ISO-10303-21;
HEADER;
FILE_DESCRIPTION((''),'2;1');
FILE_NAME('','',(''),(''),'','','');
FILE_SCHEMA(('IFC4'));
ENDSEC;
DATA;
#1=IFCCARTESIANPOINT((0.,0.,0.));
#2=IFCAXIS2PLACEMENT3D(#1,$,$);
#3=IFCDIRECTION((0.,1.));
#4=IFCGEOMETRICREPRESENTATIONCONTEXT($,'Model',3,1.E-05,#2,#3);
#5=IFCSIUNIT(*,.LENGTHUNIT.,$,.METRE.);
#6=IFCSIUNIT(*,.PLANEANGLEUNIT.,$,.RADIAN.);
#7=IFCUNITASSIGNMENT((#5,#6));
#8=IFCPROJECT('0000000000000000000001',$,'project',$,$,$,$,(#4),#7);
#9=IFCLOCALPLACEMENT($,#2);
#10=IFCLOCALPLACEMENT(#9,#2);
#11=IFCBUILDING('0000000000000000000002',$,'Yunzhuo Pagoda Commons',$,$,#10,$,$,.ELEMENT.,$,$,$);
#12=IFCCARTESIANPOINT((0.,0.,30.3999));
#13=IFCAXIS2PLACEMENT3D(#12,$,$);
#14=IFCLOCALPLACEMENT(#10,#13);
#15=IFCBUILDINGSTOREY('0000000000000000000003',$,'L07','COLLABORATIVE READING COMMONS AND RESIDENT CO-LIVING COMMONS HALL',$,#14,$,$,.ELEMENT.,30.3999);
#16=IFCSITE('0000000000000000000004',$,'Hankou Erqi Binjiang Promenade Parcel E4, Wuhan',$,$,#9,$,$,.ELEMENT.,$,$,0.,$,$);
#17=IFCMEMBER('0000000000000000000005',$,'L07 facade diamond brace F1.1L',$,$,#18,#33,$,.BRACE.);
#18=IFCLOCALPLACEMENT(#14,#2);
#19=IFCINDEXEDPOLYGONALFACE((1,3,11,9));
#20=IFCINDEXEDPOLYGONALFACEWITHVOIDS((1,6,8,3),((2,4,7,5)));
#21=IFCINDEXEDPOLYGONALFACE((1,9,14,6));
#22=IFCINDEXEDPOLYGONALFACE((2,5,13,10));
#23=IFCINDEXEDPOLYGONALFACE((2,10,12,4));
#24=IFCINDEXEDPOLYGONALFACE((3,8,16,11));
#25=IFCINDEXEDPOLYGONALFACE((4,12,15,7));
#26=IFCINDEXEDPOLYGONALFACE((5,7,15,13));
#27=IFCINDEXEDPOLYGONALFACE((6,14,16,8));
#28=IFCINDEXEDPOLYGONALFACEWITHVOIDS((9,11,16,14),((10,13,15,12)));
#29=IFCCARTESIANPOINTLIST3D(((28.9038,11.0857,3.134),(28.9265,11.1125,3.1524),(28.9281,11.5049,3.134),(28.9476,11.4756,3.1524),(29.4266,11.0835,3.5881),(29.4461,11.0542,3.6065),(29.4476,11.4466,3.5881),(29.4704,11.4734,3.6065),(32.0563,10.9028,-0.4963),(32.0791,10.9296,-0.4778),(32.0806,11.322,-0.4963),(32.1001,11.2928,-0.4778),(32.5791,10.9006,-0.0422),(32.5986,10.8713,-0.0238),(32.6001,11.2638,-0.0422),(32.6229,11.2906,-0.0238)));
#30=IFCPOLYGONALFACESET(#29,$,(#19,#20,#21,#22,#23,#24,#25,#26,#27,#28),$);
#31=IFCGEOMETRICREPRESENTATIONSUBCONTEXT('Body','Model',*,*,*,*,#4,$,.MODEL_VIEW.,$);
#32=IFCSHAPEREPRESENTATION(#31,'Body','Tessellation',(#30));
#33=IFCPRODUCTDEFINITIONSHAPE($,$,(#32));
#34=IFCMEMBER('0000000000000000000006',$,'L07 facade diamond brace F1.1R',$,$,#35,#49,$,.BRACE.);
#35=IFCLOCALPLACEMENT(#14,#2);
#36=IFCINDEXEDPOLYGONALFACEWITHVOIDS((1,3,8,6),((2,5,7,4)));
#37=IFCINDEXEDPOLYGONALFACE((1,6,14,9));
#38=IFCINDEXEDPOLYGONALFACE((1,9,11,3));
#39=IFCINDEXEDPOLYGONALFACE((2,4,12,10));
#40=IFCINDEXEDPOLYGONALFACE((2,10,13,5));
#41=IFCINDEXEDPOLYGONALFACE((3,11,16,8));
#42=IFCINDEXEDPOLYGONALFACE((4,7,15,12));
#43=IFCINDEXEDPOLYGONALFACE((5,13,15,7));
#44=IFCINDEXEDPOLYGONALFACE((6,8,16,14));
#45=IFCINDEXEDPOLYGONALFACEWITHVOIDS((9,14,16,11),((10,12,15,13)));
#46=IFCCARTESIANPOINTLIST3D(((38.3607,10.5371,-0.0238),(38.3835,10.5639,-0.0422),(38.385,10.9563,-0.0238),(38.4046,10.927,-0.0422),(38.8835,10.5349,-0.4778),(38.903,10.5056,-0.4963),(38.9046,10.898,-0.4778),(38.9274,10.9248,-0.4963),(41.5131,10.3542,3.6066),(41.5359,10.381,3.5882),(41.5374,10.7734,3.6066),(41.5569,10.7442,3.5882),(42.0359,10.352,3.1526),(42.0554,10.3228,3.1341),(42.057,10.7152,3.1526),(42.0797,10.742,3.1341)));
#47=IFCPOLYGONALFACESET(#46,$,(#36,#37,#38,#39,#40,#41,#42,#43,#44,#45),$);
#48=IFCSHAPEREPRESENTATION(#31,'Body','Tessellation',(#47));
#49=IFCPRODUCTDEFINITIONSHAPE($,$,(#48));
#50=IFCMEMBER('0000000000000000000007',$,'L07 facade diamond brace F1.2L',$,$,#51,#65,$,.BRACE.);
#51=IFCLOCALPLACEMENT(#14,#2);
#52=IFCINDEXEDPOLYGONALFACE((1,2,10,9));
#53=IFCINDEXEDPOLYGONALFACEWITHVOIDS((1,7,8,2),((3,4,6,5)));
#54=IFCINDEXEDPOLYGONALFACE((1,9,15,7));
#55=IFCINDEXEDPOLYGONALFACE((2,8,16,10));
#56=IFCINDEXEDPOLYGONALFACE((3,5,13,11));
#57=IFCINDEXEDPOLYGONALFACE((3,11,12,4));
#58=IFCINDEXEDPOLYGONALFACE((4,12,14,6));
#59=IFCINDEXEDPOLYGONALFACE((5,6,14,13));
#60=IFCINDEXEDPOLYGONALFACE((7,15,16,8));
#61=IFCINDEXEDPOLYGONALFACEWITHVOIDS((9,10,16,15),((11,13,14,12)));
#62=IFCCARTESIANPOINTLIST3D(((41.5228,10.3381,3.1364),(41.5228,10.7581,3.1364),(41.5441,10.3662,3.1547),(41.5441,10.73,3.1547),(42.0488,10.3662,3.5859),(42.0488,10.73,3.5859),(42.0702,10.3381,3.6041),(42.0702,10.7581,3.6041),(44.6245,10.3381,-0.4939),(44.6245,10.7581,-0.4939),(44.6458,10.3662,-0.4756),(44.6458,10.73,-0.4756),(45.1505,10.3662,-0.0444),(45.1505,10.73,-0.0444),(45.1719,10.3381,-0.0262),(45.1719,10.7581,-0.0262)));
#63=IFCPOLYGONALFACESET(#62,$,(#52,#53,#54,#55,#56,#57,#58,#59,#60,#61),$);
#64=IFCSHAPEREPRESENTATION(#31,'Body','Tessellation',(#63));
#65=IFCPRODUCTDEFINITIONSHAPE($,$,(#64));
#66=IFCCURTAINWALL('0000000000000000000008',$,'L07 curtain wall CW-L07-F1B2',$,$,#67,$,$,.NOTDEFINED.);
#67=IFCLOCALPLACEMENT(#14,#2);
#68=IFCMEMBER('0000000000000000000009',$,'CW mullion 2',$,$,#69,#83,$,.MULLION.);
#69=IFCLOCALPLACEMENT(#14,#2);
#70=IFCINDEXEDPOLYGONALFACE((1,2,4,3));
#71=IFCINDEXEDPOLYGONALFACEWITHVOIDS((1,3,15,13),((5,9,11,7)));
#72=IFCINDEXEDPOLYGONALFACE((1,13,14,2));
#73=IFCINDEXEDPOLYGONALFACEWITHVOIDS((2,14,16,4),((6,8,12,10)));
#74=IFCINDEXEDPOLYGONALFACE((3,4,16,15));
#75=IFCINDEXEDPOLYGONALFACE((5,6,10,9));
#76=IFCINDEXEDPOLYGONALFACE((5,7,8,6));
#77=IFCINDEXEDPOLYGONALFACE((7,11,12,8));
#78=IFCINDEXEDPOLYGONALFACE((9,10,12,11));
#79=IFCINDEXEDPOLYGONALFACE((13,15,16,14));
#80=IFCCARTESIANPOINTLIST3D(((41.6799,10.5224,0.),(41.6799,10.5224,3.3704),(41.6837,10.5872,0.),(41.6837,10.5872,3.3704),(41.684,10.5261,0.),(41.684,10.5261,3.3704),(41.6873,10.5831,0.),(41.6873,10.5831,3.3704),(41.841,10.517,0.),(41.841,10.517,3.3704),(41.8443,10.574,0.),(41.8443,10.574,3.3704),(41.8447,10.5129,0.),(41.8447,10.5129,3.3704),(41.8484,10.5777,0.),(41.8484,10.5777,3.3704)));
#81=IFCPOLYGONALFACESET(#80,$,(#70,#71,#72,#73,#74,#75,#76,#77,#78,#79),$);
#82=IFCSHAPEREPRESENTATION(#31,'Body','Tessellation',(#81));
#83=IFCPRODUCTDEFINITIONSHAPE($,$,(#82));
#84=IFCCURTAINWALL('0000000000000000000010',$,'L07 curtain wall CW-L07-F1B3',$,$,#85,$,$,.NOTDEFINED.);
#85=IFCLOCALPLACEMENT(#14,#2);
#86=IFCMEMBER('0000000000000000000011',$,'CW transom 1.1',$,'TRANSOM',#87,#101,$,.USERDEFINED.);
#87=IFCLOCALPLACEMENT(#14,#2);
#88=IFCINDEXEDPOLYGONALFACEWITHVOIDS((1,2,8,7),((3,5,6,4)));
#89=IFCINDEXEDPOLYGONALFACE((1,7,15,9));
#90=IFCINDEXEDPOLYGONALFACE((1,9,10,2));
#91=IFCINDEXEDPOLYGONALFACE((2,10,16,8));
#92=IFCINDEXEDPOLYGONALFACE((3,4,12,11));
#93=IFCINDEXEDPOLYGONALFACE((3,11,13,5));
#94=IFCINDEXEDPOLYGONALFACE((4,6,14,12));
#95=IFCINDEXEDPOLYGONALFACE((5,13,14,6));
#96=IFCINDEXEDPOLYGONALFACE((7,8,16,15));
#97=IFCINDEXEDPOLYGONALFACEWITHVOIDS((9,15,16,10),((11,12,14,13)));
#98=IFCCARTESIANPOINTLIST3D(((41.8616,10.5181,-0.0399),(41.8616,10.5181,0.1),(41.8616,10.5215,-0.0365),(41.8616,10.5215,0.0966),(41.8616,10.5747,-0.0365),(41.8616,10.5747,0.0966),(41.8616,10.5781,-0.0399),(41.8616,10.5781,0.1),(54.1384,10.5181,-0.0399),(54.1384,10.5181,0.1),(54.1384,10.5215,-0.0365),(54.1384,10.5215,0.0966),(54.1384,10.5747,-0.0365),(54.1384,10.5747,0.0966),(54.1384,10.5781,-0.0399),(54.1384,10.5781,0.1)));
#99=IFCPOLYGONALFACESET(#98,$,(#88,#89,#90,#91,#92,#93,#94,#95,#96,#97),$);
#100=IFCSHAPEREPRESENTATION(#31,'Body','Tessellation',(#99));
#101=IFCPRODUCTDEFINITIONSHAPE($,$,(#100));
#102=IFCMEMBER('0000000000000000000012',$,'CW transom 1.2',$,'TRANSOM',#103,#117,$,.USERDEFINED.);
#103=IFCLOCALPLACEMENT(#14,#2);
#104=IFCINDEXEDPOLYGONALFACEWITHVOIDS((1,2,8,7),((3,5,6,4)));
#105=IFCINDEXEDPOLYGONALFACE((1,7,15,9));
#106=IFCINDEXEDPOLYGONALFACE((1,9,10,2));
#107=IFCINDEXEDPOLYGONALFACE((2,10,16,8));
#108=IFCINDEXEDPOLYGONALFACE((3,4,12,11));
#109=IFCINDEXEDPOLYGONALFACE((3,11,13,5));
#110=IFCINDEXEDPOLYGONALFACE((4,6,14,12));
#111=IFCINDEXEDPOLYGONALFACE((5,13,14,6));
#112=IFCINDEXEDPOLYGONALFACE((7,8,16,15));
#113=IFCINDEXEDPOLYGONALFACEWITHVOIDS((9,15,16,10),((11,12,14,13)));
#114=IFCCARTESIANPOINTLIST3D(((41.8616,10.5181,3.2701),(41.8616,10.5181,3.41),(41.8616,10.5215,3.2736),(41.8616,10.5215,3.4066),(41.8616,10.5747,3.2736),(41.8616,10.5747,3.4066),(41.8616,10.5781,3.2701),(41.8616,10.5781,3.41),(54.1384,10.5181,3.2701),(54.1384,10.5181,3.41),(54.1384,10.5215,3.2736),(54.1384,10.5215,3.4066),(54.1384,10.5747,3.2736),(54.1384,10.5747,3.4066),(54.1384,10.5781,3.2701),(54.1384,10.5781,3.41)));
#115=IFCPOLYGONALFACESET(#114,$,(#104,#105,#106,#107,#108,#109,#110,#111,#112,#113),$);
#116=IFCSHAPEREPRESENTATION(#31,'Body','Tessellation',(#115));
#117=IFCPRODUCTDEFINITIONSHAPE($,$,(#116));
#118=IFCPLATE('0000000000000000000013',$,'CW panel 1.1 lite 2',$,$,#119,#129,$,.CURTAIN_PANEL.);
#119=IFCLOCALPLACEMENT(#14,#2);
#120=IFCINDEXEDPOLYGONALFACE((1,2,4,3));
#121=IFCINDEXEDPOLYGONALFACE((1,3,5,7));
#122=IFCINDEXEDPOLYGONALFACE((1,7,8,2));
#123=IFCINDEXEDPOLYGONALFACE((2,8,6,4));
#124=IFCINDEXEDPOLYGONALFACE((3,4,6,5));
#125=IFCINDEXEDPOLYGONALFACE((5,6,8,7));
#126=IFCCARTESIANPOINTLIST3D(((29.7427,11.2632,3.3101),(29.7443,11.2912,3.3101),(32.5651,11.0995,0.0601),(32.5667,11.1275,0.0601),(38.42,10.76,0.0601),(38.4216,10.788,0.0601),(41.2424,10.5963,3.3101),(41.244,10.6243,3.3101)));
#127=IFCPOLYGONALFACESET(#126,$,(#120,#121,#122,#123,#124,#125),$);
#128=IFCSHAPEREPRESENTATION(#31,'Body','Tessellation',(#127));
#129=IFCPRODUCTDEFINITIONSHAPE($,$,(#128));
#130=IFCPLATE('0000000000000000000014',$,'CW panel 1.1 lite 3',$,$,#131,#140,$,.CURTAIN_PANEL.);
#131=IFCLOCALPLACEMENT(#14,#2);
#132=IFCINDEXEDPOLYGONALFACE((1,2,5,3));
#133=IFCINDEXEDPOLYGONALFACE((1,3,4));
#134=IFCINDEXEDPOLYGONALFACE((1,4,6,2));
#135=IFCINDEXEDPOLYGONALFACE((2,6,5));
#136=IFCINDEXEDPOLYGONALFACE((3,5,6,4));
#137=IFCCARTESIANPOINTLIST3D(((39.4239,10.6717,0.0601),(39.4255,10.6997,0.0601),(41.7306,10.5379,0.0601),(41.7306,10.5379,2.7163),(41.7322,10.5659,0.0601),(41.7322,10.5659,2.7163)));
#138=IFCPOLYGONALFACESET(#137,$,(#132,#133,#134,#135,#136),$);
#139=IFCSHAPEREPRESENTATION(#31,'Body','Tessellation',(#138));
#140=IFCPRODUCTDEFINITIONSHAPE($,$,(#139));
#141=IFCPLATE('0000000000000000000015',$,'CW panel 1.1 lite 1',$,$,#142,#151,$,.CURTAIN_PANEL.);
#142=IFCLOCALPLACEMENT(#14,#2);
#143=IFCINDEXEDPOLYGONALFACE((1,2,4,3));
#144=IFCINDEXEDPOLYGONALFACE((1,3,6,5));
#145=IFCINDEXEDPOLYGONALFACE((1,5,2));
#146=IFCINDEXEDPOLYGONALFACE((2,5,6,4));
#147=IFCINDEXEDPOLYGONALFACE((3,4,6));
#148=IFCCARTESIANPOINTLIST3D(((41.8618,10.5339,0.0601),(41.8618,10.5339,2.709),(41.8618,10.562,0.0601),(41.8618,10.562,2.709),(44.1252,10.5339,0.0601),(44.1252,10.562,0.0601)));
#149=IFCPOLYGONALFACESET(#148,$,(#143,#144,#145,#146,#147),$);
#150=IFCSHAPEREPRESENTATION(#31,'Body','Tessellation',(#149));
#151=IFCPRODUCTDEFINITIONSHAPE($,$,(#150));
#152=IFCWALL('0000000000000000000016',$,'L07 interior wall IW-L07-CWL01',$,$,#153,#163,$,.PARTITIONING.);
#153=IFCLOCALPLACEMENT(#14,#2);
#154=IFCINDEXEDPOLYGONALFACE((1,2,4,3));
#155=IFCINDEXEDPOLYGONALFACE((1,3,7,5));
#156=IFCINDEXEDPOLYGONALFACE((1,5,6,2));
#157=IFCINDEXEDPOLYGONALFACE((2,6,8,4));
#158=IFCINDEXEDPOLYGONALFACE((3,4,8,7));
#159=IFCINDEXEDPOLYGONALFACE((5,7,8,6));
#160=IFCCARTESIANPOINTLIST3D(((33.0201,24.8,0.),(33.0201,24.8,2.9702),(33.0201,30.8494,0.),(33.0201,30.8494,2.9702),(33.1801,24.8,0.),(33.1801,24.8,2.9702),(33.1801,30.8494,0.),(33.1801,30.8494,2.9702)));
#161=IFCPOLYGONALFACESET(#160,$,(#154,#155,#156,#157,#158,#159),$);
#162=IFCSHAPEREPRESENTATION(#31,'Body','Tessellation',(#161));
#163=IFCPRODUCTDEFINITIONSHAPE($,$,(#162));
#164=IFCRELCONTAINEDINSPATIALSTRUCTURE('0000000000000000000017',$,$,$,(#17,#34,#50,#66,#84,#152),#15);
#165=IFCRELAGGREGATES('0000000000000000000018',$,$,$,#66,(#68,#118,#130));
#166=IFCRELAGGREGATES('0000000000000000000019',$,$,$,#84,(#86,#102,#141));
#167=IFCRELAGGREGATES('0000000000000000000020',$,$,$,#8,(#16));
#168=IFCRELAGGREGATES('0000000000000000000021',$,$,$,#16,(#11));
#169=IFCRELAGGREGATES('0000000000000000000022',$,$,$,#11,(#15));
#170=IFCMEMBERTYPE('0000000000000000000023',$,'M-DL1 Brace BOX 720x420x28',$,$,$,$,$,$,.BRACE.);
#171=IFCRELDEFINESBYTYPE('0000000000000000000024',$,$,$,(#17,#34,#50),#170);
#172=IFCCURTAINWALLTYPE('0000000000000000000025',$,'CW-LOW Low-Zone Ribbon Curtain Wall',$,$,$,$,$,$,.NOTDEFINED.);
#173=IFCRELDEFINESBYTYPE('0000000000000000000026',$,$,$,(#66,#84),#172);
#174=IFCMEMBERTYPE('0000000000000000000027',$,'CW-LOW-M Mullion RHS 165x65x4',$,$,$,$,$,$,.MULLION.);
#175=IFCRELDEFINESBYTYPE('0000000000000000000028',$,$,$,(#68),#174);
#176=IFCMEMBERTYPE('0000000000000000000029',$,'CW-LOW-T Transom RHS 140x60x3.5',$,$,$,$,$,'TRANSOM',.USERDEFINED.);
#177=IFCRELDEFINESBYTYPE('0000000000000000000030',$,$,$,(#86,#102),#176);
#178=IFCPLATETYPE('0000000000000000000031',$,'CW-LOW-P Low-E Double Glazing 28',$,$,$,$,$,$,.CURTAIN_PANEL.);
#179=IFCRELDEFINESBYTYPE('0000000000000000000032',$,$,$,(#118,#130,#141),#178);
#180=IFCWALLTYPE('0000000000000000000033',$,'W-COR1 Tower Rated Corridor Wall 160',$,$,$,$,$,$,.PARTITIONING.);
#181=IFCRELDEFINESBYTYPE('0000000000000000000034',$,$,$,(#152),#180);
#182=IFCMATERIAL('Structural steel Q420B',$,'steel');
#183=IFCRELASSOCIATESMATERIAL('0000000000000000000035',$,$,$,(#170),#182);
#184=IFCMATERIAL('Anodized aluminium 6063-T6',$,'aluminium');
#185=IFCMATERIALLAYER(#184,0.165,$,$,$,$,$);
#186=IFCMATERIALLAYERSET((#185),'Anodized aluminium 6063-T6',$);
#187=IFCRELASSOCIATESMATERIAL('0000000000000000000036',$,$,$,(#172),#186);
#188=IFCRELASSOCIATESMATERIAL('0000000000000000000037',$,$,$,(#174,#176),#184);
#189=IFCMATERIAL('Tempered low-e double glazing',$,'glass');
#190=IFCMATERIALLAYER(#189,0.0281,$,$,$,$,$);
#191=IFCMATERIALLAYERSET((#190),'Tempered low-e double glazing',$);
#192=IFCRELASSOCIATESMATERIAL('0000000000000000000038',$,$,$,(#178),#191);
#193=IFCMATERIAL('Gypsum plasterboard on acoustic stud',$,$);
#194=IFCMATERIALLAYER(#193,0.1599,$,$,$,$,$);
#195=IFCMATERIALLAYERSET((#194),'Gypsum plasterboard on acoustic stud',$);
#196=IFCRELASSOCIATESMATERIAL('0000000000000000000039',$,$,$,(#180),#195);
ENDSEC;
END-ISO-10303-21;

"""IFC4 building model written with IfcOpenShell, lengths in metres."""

from ifc_helpers import new_model, si_unit, direction, frame, frame_2d, origin, origin_2d, place, context, subcontext, project, spatial, polyline, rectangle, hollow_rectangle, outline, extrude, source, transform, mapped, material, layer, layer_set, material_profile, profile_set, type_object, element, aggregate, save


model = new_model("IFC4")

# Units and contexts
model_context = context("Model", 3, precision=1e-05, world=origin(), true_north=direction((0.0, 1.0)))
body_context = subcontext(model_context, "Body", "Model", "MODEL_VIEW")
ifc_project = project(units=[si_unit("LENGTHUNIT", "METRE"), si_unit("PLANEANGLEUNIT", "RADIAN")], contexts=[model_context])

# Site, building, storey
site_placement = place(None, origin())
site = spatial("IfcSite", under=ifc_project, at=site_placement, Name="Hankou Erqi Binjiang Promenade Parcel E4, Wuhan", CompositionType="ELEMENT", RefElevation=0.0)
building_placement = place(site_placement, origin())
building = spatial("IfcBuilding", under=site, at=building_placement, Name="Yunzhuo Pagoda Commons", CompositionType="ELEMENT")
storey_placement = place(building_placement, frame((0.0, 0.0, 30.3999)))
storey = spatial("IfcBuildingStorey", under=building, at=storey_placement, Name="L07", Description="COLLABORATIVE READING COMMONS AND RESIDENT CO-LIVING COMMONS HALL", CompositionType="ELEMENT", Elevation=30.3999)

# Shared definitions
ifc_material_1 = material(Name="Structural steel Q420B", Category="steel")

# Members
ifc_material_profile_1 = material_profile(ifc_material_1, hollow_rectangle(XDim=0.4199, YDim=0.72, WallThickness=0.0281, at=origin_2d()), Name="Structural steel Q420B")
ifc_profile_set_1 = profile_set([ifc_material_profile_1], Name="Structural steel Q420B")
member_type_1 = type_object("IfcMemberType", Name="M-DL1 Brace BOX 720x420x28", PredefinedType="BRACE", material=ifc_profile_set_1)
shared_shape_1 = source(origin(), body_context, "Body", "SweptSolid", [
    extrude(hollow_rectangle(XDim=0.4199, YDim=0.72, WallThickness=0.0281, at=origin_2d()), origin(), (0.0, 0.0, 1.0), 4.8115),
])
for number, where, z_axis, x_axis, name in (
    (1, (32.3396, 11.0967, -0.26), (-0.655201, 0.038004, 0.754498), (-0.057906, -0.998322, 0.0), "L07 facade diamond brace F1.1L"),
    (2, (38.644, 10.731, -0.26), (0.655172, -0.038005, 0.754523), (0.057911, 0.998322, 0.0), "L07 facade diamond brace F1.1R"),
):
    element("IfcMember", number, at=place(storey_placement, frame(where, z_axis=z_axis, x_axis=x_axis)), inside=storey, type_object=member_type_1, Name=name, PredefinedType="BRACE", context=body_context, shape_type="MappedRepresentation", body=[
        mapped(shared_shape_1, transform((0.0, 0.0, 0.0), scale=1.0)),
    ])
shared_shape_2 = source(origin(), body_context, "Body", "SweptSolid", [
    extrude(hollow_rectangle(XDim=0.4199, YDim=0.72, WallThickness=0.0281, at=origin_2d()), origin(), (0.0, 0.0, 1.0), 4.7749),
])
member_1_placement = place(storey_placement, frame((44.8982, 10.5481, -0.26), z_axis=(-0.649591, 0.0, 0.760284), x_axis=(0.0, -1.0, 0.0)))
element("IfcMember", 3, at=member_1_placement, inside=storey, type_object=member_type_1, Name="L07 facade diamond brace F1.2L", PredefinedType="BRACE", context=body_context, shape_type="MappedRepresentation", body=[
    mapped(shared_shape_2, transform((0.0, 0.0, 0.0), scale=1.0)),
])

# Curtain wall, member
ifc_material_2 = material(Name="Anodized aluminium 6063-T6", Category="aluminium")
ifc_layer_1 = layer(ifc_material_2, 0.165)
ifc_layer_set_1 = layer_set([ifc_layer_1], Name="Anodized aluminium 6063-T6")
curtain_wall_type = type_object("IfcCurtainWallType", Name="CW-LOW Low-Zone Ribbon Curtain Wall", PredefinedType="NOTDEFINED", material=ifc_layer_set_1)
curtain_wall_1_placement = place(storey_placement, origin())
curtain_wall_1 = element("IfcCurtainWall", 4, at=curtain_wall_1_placement, inside=storey, type_object=curtain_wall_type, Name="L07 curtain wall CW-L07-F1B2", PredefinedType="NOTDEFINED")
ifc_material_profile_2 = material_profile(ifc_material_2, hollow_rectangle(XDim=0.0649, YDim=0.165, WallThickness=0.0039, at=origin_2d()), Name="Anodized aluminium 6063-T6")
ifc_profile_set_2 = profile_set([ifc_material_profile_2], Name="Anodized aluminium 6063-T6")
member_type_2 = type_object("IfcMemberType", Name="CW-LOW-M Mullion RHS 165x65x4", PredefinedType="MULLION", material=ifc_profile_set_2)
shared_shape_3 = source(origin(), body_context, "Body", "SweptSolid", [
    extrude(hollow_rectangle(XDim=0.0649, YDim=0.165, WallThickness=0.0039, at=origin_2d()), origin(), (0.0, 0.0, 1.0), 3.3704),
])
member_2_placement = place(storey_placement, frame((41.7642, 10.55, 0.0), z_axis=(0.0, 0.0, 1.0), x_axis=(0.057899, 0.998322, 0.0)))
member_2 = element("IfcMember", 5, at=member_2_placement, type_object=member_type_2, Name="CW mullion 2", PredefinedType="MULLION", context=body_context, shape_type="MappedRepresentation", body=[
    mapped(shared_shape_3, transform((0.0, 0.0, 0.0), scale=1.0)),
])

# Curtain wall, members
curtain_wall_2_placement = place(storey_placement, origin())
curtain_wall_2 = element("IfcCurtainWall", 6, at=curtain_wall_2_placement, inside=storey, type_object=curtain_wall_type, Name="L07 curtain wall CW-L07-F1B3", PredefinedType="NOTDEFINED")
ifc_material_profile_3 = material_profile(ifc_material_2, hollow_rectangle(XDim=0.0601, YDim=0.1399, WallThickness=0.0034, at=origin_2d()), Name="Anodized aluminium 6063-T6")
ifc_profile_set_3 = profile_set([ifc_material_profile_3], Name="Anodized aluminium 6063-T6")
member_type_3 = type_object("IfcMemberType", Name="CW-LOW-T Transom RHS 140x60x3.5", ElementType="TRANSOM", PredefinedType="USERDEFINED", material=ifc_profile_set_3)
shared_shape_4 = source(origin(), body_context, "Body", "SweptSolid", [
    extrude(hollow_rectangle(XDim=0.0601, YDim=0.1399, WallThickness=0.0034, at=origin_2d()), origin(), (0.0, 0.0, 1.0), 12.2769),
])
member_3_placement = place(storey_placement, frame((41.8616, 10.5481, 0.03), z_axis=(1.0, 0.0, 0.0), x_axis=(0.0, 1.0, 0.0)))
member_3 = element("IfcMember", 7, at=member_3_placement, type_object=member_type_3, Name="CW transom 1.1", ObjectType="TRANSOM", PredefinedType="USERDEFINED", context=body_context, shape_type="MappedRepresentation", body=[
    mapped(shared_shape_4, transform((0.0, 0.0, 0.0), scale=1.0)),
])
member_4_placement = place(storey_placement, frame((41.8616, 10.5481, 3.3401), z_axis=(1.0, 0.0, 0.0), x_axis=(0.0, 1.0, 0.0)))
member_4 = element("IfcMember", 8, at=member_4_placement, type_object=member_type_3, Name="CW transom 1.2", ObjectType="TRANSOM", PredefinedType="USERDEFINED", context=body_context, shape_type="MappedRepresentation", body=[
    mapped(shared_shape_4, transform((0.0, 0.0, 0.0), scale=1.0)),
])

# Plates
ifc_material_3 = material(Name="Tempered low-e double glazing", Category="glass")
ifc_layer_2 = layer(ifc_material_3, 0.0281)
ifc_layer_set_2 = layer_set([ifc_layer_2], Name="Tempered low-e double glazing")
plate_type = type_object("IfcPlateType", Name="CW-LOW-P Low-E Double Glazing 28", PredefinedType="CURTAIN_PANEL", material=ifc_layer_set_2)
plate_1_placement = place(storey_placement, frame((35.4941, 10.9578, 1.6851), z_axis=(-0.057899, -0.998322, 0.0), x_axis=(0.998322, -0.057899, 0.0)))
plate_1 = element("IfcPlate", 9, at=plate_1_placement, type_object=plate_type, Name="CW panel 1.1 lite 2", PredefinedType="CURTAIN_PANEL", context=body_context, shape_type="SweptSolid", body=[
    extrude(outline(polyline([(-5.7595, 1.625), (-2.9324, -1.625), (2.9324, -1.625), (5.7595, 1.625), (-5.7595, 1.625)])), origin(), (0.0, 0.0, 1.0), 0.0281),
])
plate_2_placement = place(storey_placement, frame((40.5789, 10.6328, 1.3882), z_axis=(-0.057899, -0.998322, 0.0), x_axis=(0.998322, -0.057899, 0.0)))
plate_2 = element("IfcPlate", 10, at=plate_2_placement, type_object=plate_type, Name="CW panel 1.1 lite 3", PredefinedType="CURTAIN_PANEL", context=body_context, shape_type="SweptSolid", body=[
    extrude(outline(polyline([(-1.1553, -1.3281), (1.1553, -1.3281), (1.1553, 1.3281), (-1.1553, -1.3281)])), origin(), (0.0, 0.0, 1.0), 0.0281),
])
aggregate(curtain_wall_1, [member_2, plate_1, plate_2])
plate_3_placement = place(storey_placement, frame((42.9934, 10.562, 1.3845), z_axis=(0.0, -1.0, 0.0), x_axis=(1.0, 0.0, 0.0)))
plate_3 = element("IfcPlate", 11, at=plate_3_placement, type_object=plate_type, Name="CW panel 1.1 lite 1", PredefinedType="CURTAIN_PANEL", context=body_context, shape_type="SweptSolid", body=[
    extrude(outline(polyline([(-1.1316, -1.3245), (1.1318, -1.3245), (-1.1316, 1.3245), (-1.1316, -1.3245)])), origin(), (0.0, 0.0, 1.0), 0.0281),
])
aggregate(curtain_wall_2, [member_3, member_4, plate_3])

# Wall
ifc_material_4 = material(Name="Gypsum plasterboard on acoustic stud")
ifc_layer_3 = layer(ifc_material_4, 0.1599)
ifc_layer_set_3 = layer_set([ifc_layer_3], Name="Gypsum plasterboard on acoustic stud")
wall_type_1 = type_object("IfcWallType", Name="W-COR1 Tower Rated Corridor Wall 160", PredefinedType="PARTITIONING", material=ifc_layer_set_3)
wall_1_placement = place(storey_placement, frame((33.1001, 24.8, 0.0), z_axis=(0.0, 0.0, 1.0), x_axis=(0.0, 1.0, 0.0)))
element("IfcWall", 12, at=wall_1_placement, inside=storey, type_object=wall_type_1, Name="L07 interior wall IW-L07-CWL01", PredefinedType="PARTITIONING", context=body_context, shape_type="SweptSolid", body=[
    extrude(rectangle(XDim=6.0493, YDim=0.1599, at=frame_2d((3.0247, 0.0))), origin(), (0.0, 0.0, 1.0), 2.9702),
])

save(model, "model.ifc")
